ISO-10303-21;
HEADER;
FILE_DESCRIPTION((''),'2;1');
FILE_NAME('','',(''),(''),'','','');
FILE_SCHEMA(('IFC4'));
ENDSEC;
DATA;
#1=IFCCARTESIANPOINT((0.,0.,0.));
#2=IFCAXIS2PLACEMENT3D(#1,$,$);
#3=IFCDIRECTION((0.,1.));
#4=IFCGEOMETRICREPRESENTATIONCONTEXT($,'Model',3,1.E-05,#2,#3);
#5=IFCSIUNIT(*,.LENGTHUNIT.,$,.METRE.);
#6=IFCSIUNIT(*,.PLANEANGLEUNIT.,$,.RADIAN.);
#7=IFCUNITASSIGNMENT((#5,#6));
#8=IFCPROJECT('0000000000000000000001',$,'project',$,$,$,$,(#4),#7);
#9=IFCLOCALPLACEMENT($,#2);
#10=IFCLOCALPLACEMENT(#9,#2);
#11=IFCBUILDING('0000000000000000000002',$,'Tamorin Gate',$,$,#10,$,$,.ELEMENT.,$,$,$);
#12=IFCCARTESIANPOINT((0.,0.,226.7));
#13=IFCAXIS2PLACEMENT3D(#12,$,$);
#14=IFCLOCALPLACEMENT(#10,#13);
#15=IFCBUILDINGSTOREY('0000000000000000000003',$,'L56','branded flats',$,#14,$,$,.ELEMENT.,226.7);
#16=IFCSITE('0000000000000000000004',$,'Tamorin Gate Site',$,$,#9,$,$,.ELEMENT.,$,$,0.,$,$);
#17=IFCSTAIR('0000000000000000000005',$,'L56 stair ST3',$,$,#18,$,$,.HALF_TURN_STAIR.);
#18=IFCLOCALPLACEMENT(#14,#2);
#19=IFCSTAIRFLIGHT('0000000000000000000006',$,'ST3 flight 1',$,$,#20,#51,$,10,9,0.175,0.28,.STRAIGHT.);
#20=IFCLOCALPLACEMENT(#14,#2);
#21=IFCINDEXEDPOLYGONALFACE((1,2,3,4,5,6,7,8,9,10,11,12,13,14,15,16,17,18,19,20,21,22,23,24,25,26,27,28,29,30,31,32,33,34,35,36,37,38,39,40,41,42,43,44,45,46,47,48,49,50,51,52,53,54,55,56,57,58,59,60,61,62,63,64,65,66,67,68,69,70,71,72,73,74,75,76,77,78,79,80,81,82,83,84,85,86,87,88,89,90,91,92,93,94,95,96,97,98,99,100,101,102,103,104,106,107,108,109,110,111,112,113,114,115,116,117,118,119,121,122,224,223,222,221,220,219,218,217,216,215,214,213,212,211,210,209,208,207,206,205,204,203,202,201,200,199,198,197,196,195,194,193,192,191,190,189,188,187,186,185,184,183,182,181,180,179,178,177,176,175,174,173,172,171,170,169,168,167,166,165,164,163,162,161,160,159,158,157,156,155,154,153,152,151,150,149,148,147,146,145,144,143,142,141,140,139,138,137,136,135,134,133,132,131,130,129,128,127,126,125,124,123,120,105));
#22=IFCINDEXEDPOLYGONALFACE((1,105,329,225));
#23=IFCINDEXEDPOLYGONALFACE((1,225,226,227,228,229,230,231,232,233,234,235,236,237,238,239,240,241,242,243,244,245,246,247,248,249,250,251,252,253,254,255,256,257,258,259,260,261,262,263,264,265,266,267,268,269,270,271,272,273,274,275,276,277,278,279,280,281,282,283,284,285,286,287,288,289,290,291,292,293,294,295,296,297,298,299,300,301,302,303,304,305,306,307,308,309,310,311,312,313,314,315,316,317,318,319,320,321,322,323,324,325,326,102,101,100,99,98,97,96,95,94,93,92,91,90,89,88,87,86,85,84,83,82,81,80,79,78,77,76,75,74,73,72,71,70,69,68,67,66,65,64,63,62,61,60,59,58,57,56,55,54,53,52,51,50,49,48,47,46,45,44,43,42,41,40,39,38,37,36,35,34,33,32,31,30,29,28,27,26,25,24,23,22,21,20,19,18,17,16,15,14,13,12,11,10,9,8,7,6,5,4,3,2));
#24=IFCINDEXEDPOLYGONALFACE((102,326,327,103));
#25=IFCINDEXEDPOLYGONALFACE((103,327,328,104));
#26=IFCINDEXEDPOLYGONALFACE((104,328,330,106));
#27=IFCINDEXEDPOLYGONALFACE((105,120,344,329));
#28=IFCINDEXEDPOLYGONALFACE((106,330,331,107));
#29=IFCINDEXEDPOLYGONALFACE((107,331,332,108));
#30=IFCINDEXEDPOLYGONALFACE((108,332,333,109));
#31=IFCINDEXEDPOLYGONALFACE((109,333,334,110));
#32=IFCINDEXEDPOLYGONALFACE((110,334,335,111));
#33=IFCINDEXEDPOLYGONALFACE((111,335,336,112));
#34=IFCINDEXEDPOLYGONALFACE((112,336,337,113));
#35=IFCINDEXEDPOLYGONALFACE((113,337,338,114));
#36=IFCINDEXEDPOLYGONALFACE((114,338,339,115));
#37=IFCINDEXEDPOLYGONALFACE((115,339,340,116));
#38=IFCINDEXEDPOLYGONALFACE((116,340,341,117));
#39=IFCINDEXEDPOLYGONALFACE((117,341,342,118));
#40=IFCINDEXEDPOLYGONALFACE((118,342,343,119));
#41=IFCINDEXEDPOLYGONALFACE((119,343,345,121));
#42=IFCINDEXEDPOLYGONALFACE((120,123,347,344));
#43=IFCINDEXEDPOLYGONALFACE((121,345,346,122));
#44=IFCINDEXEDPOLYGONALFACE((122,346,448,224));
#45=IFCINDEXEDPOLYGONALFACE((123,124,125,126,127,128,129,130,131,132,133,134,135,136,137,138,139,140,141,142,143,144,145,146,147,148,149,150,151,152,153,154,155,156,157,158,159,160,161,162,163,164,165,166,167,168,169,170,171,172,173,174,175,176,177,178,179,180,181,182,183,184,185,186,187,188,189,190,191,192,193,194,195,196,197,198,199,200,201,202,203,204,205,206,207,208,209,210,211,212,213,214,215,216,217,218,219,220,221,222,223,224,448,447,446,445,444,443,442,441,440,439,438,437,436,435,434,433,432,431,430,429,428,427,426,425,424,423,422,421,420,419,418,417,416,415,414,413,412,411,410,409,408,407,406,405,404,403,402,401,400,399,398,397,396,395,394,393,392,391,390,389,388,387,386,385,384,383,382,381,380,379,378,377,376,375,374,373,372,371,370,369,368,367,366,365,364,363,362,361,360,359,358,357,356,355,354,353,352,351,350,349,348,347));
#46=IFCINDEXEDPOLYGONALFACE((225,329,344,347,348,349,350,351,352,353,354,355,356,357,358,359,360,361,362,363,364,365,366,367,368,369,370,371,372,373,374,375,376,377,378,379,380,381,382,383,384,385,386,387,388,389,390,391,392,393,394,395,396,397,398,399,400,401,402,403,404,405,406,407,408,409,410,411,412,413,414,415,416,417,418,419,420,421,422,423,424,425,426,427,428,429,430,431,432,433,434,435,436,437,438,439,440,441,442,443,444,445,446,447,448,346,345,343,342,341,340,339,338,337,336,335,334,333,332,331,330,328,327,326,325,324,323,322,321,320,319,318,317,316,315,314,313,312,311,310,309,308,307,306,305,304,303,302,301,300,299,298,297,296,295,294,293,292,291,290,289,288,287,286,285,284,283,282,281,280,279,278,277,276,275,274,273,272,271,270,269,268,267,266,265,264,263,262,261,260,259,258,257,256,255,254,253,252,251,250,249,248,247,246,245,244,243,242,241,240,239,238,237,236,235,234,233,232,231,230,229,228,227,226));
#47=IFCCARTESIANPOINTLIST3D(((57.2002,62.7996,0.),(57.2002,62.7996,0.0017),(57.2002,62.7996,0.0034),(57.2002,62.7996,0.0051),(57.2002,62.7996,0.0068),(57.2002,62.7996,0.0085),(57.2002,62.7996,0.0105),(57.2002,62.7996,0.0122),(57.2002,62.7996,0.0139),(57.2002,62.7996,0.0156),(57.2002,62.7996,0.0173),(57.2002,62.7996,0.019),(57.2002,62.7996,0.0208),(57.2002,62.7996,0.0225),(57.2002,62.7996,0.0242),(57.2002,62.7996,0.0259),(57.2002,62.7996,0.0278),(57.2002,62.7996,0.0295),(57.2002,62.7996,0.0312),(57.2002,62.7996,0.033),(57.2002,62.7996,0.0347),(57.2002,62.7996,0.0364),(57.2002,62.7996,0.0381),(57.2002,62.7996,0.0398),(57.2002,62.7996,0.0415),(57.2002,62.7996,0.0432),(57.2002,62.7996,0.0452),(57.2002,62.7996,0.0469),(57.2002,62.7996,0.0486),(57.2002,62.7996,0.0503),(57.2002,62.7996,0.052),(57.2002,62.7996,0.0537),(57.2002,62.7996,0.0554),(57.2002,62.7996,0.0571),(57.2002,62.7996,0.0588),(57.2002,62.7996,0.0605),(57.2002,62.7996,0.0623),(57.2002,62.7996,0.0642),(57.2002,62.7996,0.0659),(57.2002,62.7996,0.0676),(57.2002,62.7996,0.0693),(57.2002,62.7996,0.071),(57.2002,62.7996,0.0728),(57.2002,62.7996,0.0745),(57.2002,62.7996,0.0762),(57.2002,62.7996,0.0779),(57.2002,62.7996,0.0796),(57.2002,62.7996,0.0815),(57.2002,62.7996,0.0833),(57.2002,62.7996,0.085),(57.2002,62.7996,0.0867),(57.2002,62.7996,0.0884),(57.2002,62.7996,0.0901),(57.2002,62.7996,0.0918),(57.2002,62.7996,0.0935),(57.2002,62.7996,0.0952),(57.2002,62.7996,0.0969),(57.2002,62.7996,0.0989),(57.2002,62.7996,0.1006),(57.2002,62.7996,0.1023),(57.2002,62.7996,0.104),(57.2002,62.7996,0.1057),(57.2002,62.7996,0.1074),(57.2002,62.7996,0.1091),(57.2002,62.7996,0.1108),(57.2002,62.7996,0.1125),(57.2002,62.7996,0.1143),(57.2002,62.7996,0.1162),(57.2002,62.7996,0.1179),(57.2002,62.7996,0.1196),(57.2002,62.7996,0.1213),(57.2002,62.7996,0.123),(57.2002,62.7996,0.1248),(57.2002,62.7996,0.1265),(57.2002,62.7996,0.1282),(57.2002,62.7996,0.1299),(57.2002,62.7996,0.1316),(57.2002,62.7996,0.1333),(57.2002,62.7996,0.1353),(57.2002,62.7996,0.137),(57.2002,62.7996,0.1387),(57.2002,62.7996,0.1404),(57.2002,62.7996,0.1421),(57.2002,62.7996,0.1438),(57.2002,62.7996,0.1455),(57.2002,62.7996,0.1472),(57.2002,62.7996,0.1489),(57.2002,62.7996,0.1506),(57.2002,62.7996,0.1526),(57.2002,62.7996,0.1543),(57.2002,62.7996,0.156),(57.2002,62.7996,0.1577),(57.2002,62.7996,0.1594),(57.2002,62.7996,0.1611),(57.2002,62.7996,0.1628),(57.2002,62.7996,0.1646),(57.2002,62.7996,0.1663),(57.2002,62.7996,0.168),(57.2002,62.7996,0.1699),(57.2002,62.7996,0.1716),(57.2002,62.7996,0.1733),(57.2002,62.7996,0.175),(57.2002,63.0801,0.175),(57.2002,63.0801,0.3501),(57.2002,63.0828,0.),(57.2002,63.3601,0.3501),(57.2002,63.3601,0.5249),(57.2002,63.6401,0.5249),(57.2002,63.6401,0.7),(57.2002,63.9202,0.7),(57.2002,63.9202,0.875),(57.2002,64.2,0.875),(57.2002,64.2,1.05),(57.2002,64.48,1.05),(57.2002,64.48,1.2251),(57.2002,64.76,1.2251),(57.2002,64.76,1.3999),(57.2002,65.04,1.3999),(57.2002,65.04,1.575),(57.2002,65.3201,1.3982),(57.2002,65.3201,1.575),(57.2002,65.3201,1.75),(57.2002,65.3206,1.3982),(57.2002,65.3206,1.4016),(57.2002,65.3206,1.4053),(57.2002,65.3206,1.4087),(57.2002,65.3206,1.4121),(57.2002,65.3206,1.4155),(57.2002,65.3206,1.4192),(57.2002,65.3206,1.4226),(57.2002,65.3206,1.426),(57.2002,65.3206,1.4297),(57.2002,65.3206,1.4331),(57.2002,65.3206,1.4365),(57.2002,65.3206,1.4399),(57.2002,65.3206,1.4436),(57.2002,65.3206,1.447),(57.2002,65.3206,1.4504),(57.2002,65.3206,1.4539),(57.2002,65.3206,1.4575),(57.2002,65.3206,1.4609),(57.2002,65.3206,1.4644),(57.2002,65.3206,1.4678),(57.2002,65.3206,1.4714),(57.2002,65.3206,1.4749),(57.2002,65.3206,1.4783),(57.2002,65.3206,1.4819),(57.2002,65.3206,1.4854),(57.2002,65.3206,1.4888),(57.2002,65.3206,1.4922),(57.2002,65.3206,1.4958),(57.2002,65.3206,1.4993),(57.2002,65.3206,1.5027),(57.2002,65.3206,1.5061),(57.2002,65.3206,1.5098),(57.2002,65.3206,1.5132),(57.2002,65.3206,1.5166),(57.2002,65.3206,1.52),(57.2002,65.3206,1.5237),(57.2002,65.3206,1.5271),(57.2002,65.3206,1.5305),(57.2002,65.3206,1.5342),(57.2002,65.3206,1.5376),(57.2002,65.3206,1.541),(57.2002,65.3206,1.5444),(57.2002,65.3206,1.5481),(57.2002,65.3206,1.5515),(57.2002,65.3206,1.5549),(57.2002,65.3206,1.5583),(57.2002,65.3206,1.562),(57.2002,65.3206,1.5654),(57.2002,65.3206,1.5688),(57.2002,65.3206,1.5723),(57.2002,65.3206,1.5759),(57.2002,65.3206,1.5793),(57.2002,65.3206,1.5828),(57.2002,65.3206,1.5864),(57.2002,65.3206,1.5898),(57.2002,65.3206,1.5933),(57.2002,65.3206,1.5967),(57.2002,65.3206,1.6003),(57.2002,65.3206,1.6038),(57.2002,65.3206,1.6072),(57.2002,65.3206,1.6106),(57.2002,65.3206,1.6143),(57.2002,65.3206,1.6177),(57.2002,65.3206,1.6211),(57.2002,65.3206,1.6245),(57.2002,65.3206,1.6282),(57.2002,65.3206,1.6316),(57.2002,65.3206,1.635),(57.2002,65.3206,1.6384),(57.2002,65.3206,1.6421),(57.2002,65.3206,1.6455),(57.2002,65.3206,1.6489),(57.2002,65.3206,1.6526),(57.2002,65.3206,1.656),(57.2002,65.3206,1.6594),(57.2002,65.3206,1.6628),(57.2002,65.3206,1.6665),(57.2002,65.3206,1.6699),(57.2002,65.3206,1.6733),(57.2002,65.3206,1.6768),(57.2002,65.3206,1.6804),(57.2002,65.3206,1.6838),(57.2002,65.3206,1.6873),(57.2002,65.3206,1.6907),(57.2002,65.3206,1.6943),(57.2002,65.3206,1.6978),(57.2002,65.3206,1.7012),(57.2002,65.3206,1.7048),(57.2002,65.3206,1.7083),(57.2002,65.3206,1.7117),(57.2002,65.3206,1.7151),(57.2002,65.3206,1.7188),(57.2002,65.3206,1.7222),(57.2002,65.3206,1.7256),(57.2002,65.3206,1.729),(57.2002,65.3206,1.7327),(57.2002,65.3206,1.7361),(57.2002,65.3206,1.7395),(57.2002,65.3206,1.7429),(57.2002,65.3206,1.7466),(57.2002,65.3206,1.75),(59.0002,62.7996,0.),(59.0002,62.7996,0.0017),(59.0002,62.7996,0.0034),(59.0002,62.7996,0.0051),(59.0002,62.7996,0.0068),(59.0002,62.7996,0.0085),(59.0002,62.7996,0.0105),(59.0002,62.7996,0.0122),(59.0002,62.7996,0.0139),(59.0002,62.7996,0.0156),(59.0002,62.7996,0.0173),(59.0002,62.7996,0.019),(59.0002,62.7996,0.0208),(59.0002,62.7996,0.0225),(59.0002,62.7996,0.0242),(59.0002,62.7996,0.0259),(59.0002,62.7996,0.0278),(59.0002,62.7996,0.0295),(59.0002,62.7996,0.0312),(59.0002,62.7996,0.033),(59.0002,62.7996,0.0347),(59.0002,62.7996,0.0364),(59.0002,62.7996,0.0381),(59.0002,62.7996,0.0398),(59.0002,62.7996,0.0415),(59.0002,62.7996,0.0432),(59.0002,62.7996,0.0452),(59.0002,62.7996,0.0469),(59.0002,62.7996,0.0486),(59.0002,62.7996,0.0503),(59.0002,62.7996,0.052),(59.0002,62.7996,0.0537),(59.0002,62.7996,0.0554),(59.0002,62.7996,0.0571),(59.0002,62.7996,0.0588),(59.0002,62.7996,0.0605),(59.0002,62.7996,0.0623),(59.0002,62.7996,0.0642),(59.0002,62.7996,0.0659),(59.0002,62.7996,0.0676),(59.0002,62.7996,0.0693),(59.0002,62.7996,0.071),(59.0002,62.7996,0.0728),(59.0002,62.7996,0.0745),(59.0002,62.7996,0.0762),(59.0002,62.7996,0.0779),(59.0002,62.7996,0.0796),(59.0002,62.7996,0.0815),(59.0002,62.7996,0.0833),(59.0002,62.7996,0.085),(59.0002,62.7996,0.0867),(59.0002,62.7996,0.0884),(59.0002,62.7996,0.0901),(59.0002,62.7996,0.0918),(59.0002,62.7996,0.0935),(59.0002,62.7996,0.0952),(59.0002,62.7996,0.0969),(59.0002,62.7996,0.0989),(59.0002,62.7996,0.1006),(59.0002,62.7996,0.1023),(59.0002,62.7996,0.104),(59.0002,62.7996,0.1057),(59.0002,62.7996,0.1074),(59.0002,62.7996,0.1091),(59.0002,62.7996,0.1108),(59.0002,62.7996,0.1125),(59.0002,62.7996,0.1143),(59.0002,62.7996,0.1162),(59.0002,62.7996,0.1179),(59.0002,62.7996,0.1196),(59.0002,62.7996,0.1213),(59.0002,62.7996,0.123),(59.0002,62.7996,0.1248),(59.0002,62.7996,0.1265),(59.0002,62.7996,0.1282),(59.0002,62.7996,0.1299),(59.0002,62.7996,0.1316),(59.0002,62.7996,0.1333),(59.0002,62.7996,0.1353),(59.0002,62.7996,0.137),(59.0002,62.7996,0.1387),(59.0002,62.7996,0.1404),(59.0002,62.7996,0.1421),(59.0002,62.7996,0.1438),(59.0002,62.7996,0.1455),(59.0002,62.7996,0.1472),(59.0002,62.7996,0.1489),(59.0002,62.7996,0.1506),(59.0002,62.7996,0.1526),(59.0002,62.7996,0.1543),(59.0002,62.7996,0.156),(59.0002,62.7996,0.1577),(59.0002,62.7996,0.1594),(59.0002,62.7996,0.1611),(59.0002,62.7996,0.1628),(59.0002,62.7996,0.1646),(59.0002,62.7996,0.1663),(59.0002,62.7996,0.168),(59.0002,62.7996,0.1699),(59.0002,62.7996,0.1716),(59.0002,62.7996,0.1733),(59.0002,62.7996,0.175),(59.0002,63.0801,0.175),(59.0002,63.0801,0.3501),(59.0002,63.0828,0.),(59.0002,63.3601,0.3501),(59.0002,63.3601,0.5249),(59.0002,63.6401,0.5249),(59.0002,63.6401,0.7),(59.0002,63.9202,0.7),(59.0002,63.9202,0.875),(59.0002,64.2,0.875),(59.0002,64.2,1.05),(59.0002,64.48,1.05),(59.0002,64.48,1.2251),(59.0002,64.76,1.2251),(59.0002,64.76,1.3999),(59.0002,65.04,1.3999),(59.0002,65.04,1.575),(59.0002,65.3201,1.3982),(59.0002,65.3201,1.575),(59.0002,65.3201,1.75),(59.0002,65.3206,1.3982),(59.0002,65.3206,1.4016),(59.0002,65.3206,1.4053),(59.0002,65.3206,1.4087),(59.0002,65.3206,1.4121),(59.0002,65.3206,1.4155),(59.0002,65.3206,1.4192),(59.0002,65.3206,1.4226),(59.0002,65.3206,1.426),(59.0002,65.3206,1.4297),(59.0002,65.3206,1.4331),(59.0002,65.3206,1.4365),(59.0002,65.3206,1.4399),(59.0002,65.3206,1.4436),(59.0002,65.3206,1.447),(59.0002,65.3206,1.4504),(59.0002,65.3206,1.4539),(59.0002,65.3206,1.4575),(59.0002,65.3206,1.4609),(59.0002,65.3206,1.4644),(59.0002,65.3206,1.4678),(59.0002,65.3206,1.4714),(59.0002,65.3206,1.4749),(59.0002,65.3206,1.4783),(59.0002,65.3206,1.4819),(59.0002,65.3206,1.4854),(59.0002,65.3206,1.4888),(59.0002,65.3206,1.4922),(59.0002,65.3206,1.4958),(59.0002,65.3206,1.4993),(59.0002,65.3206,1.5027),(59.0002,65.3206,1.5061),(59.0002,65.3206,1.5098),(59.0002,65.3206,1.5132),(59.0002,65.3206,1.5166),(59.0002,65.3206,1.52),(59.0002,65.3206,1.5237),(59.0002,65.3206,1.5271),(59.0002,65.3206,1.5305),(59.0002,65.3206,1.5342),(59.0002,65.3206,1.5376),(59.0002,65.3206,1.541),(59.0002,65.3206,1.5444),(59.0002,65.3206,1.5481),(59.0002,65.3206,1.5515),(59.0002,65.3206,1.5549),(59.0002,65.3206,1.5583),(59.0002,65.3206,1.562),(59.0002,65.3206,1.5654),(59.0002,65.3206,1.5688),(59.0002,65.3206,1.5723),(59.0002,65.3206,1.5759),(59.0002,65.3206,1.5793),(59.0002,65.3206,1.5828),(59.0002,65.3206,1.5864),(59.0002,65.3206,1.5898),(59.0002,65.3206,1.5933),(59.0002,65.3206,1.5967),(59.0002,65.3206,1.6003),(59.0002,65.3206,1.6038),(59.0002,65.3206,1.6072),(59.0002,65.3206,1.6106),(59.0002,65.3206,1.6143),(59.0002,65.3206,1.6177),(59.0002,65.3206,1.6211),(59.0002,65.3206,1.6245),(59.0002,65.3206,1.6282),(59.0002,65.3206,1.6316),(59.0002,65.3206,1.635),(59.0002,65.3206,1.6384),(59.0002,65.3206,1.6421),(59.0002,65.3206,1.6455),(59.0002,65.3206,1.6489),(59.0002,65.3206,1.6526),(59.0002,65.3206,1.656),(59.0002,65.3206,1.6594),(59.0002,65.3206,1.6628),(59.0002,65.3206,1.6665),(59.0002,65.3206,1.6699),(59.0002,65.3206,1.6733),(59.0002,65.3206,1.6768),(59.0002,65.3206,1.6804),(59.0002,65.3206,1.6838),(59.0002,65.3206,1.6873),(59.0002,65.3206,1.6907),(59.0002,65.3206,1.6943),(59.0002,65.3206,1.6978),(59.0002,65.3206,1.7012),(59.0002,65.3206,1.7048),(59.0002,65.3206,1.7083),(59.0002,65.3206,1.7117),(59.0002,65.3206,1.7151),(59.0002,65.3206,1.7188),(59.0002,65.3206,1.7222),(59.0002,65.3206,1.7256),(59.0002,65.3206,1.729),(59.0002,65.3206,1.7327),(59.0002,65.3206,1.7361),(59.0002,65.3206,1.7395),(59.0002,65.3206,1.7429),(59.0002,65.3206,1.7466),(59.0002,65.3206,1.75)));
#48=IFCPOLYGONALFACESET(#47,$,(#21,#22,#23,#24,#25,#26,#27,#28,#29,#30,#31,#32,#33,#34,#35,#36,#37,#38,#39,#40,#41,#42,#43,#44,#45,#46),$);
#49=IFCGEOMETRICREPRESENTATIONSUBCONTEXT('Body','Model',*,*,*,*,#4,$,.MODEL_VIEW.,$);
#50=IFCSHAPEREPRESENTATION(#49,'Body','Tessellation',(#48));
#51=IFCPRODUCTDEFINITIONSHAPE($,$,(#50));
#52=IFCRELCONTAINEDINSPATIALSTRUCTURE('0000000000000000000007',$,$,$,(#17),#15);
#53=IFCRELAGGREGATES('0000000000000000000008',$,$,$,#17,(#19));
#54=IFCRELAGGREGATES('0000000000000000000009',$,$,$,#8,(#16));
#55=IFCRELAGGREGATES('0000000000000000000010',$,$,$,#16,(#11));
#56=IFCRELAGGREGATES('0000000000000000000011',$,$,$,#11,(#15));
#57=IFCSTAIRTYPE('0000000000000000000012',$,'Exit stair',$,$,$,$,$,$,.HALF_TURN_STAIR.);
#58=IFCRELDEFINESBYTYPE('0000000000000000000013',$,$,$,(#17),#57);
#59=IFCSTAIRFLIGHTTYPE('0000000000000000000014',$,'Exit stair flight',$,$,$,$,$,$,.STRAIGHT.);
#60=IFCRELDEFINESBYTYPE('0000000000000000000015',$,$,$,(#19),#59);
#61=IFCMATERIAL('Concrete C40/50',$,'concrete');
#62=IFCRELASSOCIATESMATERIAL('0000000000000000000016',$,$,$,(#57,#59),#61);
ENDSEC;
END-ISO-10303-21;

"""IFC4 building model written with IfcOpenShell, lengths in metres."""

from ifc_helpers import new_model, si_unit, direction, frame, origin, place, context, subcontext, project, spatial, polyline, outline, extrude, material, type_object, element, aggregate, save


model = new_model("IFC4")

# Units and contexts
model_context = context("Model", 3, precision=1e-05, world=origin(), true_north=direction((0.0, 1.0)))
body_context = subcontext(model_context, "Body", "Model", "MODEL_VIEW")
ifc_project = project(units=[si_unit("LENGTHUNIT", "METRE"), si_unit("PLANEANGLEUNIT", "RADIAN")], contexts=[model_context])

# Site, building, storey
site_placement = place(None, origin())
site = spatial("IfcSite", under=ifc_project, at=site_placement, Name="Tamorin Gate Site", CompositionType="ELEMENT", RefElevation=0.0)
building_placement = place(site_placement, origin())
building = spatial("IfcBuilding", under=site, at=building_placement, Name="Tamorin Gate", CompositionType="ELEMENT")
storey_placement = place(building_placement, frame((0.0, 0.0, 226.7)))
storey = spatial("IfcBuildingStorey", under=building, at=storey_placement, Name="L56", Description="branded flats", CompositionType="ELEMENT", Elevation=226.7)

# Shared definitions
ifc_material_1 = material(Name="Concrete C40/50", Category="concrete")

# Stair, stair flight
stair_type = type_object("IfcStairType", Name="Exit stair", PredefinedType="HALF_TURN_STAIR", material=ifc_material_1)
stair_placement = place(storey_placement, origin())
stair = element("IfcStair", 1, at=stair_placement, inside=storey, type_object=stair_type, Name="L56 stair ST3", PredefinedType="HALF_TURN_STAIR")
stair_flight_type = type_object("IfcStairFlightType", Name="Exit stair flight", PredefinedType="STRAIGHT", material=ifc_material_1)
stair_flight_1_placement = place(storey_placement, frame((58.1001, 62.8, 0.0), z_axis=(0.0, 0.0, 1.0), x_axis=(0.0, 1.0, 0.0)))
stair_flight_1 = element("IfcStairFlight", 2, at=stair_flight_1_placement, type_object=stair_flight_type, Name="ST3 flight 1", NumberOfRisers=10, NumberOfTreads=9, PredefinedType="STRAIGHT", RiserHeight=0.175, TreadLength=0.28, context=body_context, shape_type="SweptSolid", body=[
    extrude(outline(polyline([(-0.0005, 0.0), (-0.0005, 0.0017), (-0.0005, 0.0034), (-0.0005, 0.0051), (-0.0005, 0.0068), (-0.0005, 0.0085), (-0.0005, 0.0105), (-0.0005, 0.0122), (-0.0005, 0.0139), (-0.0005, 0.0156), (-0.0005, 0.0173), (-0.0005, 0.019), (-0.0005, 0.0208), (-0.0005, 0.0225), (-0.0005, 0.0242), (-0.0005, 0.0259), (-0.0005, 0.0278), (-0.0005, 0.0295), (-0.0005, 0.0312), (-0.0005, 0.033), (-0.0005, 0.0347), (-0.0005, 0.0364), (-0.0005, 0.0381), (-0.0005, 0.0398), (-0.0005, 0.0415), (-0.0005, 0.0432), (-0.0005, 0.0452), (-0.0005, 0.0469), (-0.0005, 0.0486), (-0.0005, 0.0503), (-0.0005, 0.052), (-0.0005, 0.0537), (-0.0005, 0.0554), (-0.0005, 0.0571), (-0.0005, 0.0588), (-0.0005, 0.0605), (-0.0005, 0.0623), (-0.0005, 0.0642), (-0.0005, 0.0659), (-0.0005, 0.0676), (-0.0005, 0.0693), (-0.0005, 0.071), (-0.0005, 0.0728), (-0.0005, 0.0745), (-0.0005, 0.0762), (-0.0005, 0.0779), (-0.0005, 0.0796), (-0.0005, 0.0815), (-0.0005, 0.0833), (-0.0005, 0.085), (-0.0005, 0.0867), (-0.0005, 0.0884), (-0.0005, 0.0901), (-0.0005, 0.0918), (-0.0005, 0.0935), (-0.0005, 0.0952), (-0.0005, 0.0969), (-0.0005, 0.0989), (-0.0005, 0.1006), (-0.0005, 0.1023), (-0.0005, 0.104), (-0.0005, 0.1057), (-0.0005, 0.1074), (-0.0005, 0.1091), (-0.0005, 0.1108), (-0.0005, 0.1125), (-0.0005, 0.1143), (-0.0005, 0.1162), (-0.0005, 0.1179), (-0.0005, 0.1196), (-0.0005, 0.1213), (-0.0005, 0.123), (-0.0005, 0.1248), (-0.0005, 0.1265), (-0.0005, 0.1282), (-0.0005, 0.1299), (-0.0005, 0.1316), (-0.0005, 0.1333), (-0.0005, 0.1353), (-0.0005, 0.137), (-0.0005, 0.1387), (-0.0005, 0.1404), (-0.0005, 0.1421), (-0.0005, 0.1438), (-0.0005, 0.1455), (-0.0005, 0.1472), (-0.0005, 0.1489), (-0.0005, 0.1506), (-0.0005, 0.1526), (-0.0005, 0.1543), (-0.0005, 0.156), (-0.0005, 0.1577), (-0.0005, 0.1594), (-0.0005, 0.1611), (-0.0005, 0.1628), (-0.0005, 0.1646), (-0.0005, 0.1663), (-0.0005, 0.168), (-0.0005, 0.1699), (-0.0005, 0.1716), (-0.0005, 0.1733), (-0.0005, 0.175), (0.28, 0.175), (0.28, 0.3501), (0.5601, 0.3501), (0.5601, 0.5249), (0.8401, 0.5249), (0.8401, 0.7), (1.1201, 0.7), (1.1201, 0.875), (1.3999, 0.875), (1.3999, 1.05), (1.6799, 1.05), (1.6799, 1.2251), (1.96, 1.2251), (1.96, 1.3999), (2.24, 1.3999), (2.24, 1.575), (2.52, 1.575), (2.52, 1.75), (2.5205, 1.75), (2.5205, 1.7466), (2.5205, 1.7429), (2.5205, 1.7395), (2.5205, 1.7361), (2.5205, 1.7327), (2.5205, 1.729), (2.5205, 1.7256), (2.5205, 1.7222), (2.5205, 1.7188), (2.5205, 1.7151), (2.5205, 1.7117), (2.5205, 1.7083), (2.5205, 1.7048), (2.5205, 1.7012), (2.5205, 1.6978), (2.5205, 1.6943), (2.5205, 1.6907), (2.5205, 1.6873), (2.5205, 1.6838), (2.5205, 1.6804), (2.5205, 1.6768), (2.5205, 1.6733), (2.5205, 1.6699), (2.5205, 1.6665), (2.5205, 1.6628), (2.5205, 1.6594), (2.5205, 1.656), (2.5205, 1.6526), (2.5205, 1.6489), (2.5205, 1.6455), (2.5205, 1.6421), (2.5205, 1.6384), (2.5205, 1.635), (2.5205, 1.6316), (2.5205, 1.6282), (2.5205, 1.6245), (2.5205, 1.6211), (2.5205, 1.6177), (2.5205, 1.6143), (2.5205, 1.6106), (2.5205, 1.6072), (2.5205, 1.6038), (2.5205, 1.6003), (2.5205, 1.5967), (2.5205, 1.5933), (2.5205, 1.5898), (2.5205, 1.5864), (2.5205, 1.5828), (2.5205, 1.5793), (2.5205, 1.5759), (2.5205, 1.5723), (2.5205, 1.5688), (2.5205, 1.5654), (2.5205, 1.562), (2.5205, 1.5583), (2.5205, 1.5549), (2.5205, 1.5515), (2.5205, 1.5481), (2.5205, 1.5444), (2.5205, 1.541), (2.5205, 1.5376), (2.5205, 1.5342), (2.5205, 1.5305), (2.5205, 1.5271), (2.5205, 1.5237), (2.5205, 1.52), (2.5205, 1.5166), (2.5205, 1.5132), (2.5205, 1.5098), (2.5205, 1.5061), (2.5205, 1.5027), (2.5205, 1.4993), (2.5205, 1.4958), (2.5205, 1.4922), (2.5205, 1.4888), (2.5205, 1.4854), (2.5205, 1.4819), (2.5205, 1.4783), (2.5205, 1.4749), (2.5205, 1.4714), (2.5205, 1.4678), (2.5205, 1.4644), (2.5205, 1.4609), (2.5205, 1.4575), (2.5205, 1.4539), (2.5205, 1.4504), (2.5205, 1.447), (2.5205, 1.4436), (2.5205, 1.4399), (2.5205, 1.4365), (2.5205, 1.4331), (2.5205, 1.4297), (2.5205, 1.426), (2.5205, 1.4226), (2.5205, 1.4192), (2.5205, 1.4155), (2.5205, 1.4121), (2.5205, 1.4087), (2.5205, 1.4053), (2.5205, 1.4016), (2.5205, 1.3982), (2.52, 1.3982), (0.2827, 0.0), (-0.0005, 0.0)])), frame((0.0, 0.8999, 0.0), z_axis=(0.0, -1.0, 0.0), x_axis=(1.0, 0.0, 0.0)), (0.0, 0.0, 1.0), 1.8),
])
aggregate(stair, [stair_flight_1])

save(model, "model.ifc")
